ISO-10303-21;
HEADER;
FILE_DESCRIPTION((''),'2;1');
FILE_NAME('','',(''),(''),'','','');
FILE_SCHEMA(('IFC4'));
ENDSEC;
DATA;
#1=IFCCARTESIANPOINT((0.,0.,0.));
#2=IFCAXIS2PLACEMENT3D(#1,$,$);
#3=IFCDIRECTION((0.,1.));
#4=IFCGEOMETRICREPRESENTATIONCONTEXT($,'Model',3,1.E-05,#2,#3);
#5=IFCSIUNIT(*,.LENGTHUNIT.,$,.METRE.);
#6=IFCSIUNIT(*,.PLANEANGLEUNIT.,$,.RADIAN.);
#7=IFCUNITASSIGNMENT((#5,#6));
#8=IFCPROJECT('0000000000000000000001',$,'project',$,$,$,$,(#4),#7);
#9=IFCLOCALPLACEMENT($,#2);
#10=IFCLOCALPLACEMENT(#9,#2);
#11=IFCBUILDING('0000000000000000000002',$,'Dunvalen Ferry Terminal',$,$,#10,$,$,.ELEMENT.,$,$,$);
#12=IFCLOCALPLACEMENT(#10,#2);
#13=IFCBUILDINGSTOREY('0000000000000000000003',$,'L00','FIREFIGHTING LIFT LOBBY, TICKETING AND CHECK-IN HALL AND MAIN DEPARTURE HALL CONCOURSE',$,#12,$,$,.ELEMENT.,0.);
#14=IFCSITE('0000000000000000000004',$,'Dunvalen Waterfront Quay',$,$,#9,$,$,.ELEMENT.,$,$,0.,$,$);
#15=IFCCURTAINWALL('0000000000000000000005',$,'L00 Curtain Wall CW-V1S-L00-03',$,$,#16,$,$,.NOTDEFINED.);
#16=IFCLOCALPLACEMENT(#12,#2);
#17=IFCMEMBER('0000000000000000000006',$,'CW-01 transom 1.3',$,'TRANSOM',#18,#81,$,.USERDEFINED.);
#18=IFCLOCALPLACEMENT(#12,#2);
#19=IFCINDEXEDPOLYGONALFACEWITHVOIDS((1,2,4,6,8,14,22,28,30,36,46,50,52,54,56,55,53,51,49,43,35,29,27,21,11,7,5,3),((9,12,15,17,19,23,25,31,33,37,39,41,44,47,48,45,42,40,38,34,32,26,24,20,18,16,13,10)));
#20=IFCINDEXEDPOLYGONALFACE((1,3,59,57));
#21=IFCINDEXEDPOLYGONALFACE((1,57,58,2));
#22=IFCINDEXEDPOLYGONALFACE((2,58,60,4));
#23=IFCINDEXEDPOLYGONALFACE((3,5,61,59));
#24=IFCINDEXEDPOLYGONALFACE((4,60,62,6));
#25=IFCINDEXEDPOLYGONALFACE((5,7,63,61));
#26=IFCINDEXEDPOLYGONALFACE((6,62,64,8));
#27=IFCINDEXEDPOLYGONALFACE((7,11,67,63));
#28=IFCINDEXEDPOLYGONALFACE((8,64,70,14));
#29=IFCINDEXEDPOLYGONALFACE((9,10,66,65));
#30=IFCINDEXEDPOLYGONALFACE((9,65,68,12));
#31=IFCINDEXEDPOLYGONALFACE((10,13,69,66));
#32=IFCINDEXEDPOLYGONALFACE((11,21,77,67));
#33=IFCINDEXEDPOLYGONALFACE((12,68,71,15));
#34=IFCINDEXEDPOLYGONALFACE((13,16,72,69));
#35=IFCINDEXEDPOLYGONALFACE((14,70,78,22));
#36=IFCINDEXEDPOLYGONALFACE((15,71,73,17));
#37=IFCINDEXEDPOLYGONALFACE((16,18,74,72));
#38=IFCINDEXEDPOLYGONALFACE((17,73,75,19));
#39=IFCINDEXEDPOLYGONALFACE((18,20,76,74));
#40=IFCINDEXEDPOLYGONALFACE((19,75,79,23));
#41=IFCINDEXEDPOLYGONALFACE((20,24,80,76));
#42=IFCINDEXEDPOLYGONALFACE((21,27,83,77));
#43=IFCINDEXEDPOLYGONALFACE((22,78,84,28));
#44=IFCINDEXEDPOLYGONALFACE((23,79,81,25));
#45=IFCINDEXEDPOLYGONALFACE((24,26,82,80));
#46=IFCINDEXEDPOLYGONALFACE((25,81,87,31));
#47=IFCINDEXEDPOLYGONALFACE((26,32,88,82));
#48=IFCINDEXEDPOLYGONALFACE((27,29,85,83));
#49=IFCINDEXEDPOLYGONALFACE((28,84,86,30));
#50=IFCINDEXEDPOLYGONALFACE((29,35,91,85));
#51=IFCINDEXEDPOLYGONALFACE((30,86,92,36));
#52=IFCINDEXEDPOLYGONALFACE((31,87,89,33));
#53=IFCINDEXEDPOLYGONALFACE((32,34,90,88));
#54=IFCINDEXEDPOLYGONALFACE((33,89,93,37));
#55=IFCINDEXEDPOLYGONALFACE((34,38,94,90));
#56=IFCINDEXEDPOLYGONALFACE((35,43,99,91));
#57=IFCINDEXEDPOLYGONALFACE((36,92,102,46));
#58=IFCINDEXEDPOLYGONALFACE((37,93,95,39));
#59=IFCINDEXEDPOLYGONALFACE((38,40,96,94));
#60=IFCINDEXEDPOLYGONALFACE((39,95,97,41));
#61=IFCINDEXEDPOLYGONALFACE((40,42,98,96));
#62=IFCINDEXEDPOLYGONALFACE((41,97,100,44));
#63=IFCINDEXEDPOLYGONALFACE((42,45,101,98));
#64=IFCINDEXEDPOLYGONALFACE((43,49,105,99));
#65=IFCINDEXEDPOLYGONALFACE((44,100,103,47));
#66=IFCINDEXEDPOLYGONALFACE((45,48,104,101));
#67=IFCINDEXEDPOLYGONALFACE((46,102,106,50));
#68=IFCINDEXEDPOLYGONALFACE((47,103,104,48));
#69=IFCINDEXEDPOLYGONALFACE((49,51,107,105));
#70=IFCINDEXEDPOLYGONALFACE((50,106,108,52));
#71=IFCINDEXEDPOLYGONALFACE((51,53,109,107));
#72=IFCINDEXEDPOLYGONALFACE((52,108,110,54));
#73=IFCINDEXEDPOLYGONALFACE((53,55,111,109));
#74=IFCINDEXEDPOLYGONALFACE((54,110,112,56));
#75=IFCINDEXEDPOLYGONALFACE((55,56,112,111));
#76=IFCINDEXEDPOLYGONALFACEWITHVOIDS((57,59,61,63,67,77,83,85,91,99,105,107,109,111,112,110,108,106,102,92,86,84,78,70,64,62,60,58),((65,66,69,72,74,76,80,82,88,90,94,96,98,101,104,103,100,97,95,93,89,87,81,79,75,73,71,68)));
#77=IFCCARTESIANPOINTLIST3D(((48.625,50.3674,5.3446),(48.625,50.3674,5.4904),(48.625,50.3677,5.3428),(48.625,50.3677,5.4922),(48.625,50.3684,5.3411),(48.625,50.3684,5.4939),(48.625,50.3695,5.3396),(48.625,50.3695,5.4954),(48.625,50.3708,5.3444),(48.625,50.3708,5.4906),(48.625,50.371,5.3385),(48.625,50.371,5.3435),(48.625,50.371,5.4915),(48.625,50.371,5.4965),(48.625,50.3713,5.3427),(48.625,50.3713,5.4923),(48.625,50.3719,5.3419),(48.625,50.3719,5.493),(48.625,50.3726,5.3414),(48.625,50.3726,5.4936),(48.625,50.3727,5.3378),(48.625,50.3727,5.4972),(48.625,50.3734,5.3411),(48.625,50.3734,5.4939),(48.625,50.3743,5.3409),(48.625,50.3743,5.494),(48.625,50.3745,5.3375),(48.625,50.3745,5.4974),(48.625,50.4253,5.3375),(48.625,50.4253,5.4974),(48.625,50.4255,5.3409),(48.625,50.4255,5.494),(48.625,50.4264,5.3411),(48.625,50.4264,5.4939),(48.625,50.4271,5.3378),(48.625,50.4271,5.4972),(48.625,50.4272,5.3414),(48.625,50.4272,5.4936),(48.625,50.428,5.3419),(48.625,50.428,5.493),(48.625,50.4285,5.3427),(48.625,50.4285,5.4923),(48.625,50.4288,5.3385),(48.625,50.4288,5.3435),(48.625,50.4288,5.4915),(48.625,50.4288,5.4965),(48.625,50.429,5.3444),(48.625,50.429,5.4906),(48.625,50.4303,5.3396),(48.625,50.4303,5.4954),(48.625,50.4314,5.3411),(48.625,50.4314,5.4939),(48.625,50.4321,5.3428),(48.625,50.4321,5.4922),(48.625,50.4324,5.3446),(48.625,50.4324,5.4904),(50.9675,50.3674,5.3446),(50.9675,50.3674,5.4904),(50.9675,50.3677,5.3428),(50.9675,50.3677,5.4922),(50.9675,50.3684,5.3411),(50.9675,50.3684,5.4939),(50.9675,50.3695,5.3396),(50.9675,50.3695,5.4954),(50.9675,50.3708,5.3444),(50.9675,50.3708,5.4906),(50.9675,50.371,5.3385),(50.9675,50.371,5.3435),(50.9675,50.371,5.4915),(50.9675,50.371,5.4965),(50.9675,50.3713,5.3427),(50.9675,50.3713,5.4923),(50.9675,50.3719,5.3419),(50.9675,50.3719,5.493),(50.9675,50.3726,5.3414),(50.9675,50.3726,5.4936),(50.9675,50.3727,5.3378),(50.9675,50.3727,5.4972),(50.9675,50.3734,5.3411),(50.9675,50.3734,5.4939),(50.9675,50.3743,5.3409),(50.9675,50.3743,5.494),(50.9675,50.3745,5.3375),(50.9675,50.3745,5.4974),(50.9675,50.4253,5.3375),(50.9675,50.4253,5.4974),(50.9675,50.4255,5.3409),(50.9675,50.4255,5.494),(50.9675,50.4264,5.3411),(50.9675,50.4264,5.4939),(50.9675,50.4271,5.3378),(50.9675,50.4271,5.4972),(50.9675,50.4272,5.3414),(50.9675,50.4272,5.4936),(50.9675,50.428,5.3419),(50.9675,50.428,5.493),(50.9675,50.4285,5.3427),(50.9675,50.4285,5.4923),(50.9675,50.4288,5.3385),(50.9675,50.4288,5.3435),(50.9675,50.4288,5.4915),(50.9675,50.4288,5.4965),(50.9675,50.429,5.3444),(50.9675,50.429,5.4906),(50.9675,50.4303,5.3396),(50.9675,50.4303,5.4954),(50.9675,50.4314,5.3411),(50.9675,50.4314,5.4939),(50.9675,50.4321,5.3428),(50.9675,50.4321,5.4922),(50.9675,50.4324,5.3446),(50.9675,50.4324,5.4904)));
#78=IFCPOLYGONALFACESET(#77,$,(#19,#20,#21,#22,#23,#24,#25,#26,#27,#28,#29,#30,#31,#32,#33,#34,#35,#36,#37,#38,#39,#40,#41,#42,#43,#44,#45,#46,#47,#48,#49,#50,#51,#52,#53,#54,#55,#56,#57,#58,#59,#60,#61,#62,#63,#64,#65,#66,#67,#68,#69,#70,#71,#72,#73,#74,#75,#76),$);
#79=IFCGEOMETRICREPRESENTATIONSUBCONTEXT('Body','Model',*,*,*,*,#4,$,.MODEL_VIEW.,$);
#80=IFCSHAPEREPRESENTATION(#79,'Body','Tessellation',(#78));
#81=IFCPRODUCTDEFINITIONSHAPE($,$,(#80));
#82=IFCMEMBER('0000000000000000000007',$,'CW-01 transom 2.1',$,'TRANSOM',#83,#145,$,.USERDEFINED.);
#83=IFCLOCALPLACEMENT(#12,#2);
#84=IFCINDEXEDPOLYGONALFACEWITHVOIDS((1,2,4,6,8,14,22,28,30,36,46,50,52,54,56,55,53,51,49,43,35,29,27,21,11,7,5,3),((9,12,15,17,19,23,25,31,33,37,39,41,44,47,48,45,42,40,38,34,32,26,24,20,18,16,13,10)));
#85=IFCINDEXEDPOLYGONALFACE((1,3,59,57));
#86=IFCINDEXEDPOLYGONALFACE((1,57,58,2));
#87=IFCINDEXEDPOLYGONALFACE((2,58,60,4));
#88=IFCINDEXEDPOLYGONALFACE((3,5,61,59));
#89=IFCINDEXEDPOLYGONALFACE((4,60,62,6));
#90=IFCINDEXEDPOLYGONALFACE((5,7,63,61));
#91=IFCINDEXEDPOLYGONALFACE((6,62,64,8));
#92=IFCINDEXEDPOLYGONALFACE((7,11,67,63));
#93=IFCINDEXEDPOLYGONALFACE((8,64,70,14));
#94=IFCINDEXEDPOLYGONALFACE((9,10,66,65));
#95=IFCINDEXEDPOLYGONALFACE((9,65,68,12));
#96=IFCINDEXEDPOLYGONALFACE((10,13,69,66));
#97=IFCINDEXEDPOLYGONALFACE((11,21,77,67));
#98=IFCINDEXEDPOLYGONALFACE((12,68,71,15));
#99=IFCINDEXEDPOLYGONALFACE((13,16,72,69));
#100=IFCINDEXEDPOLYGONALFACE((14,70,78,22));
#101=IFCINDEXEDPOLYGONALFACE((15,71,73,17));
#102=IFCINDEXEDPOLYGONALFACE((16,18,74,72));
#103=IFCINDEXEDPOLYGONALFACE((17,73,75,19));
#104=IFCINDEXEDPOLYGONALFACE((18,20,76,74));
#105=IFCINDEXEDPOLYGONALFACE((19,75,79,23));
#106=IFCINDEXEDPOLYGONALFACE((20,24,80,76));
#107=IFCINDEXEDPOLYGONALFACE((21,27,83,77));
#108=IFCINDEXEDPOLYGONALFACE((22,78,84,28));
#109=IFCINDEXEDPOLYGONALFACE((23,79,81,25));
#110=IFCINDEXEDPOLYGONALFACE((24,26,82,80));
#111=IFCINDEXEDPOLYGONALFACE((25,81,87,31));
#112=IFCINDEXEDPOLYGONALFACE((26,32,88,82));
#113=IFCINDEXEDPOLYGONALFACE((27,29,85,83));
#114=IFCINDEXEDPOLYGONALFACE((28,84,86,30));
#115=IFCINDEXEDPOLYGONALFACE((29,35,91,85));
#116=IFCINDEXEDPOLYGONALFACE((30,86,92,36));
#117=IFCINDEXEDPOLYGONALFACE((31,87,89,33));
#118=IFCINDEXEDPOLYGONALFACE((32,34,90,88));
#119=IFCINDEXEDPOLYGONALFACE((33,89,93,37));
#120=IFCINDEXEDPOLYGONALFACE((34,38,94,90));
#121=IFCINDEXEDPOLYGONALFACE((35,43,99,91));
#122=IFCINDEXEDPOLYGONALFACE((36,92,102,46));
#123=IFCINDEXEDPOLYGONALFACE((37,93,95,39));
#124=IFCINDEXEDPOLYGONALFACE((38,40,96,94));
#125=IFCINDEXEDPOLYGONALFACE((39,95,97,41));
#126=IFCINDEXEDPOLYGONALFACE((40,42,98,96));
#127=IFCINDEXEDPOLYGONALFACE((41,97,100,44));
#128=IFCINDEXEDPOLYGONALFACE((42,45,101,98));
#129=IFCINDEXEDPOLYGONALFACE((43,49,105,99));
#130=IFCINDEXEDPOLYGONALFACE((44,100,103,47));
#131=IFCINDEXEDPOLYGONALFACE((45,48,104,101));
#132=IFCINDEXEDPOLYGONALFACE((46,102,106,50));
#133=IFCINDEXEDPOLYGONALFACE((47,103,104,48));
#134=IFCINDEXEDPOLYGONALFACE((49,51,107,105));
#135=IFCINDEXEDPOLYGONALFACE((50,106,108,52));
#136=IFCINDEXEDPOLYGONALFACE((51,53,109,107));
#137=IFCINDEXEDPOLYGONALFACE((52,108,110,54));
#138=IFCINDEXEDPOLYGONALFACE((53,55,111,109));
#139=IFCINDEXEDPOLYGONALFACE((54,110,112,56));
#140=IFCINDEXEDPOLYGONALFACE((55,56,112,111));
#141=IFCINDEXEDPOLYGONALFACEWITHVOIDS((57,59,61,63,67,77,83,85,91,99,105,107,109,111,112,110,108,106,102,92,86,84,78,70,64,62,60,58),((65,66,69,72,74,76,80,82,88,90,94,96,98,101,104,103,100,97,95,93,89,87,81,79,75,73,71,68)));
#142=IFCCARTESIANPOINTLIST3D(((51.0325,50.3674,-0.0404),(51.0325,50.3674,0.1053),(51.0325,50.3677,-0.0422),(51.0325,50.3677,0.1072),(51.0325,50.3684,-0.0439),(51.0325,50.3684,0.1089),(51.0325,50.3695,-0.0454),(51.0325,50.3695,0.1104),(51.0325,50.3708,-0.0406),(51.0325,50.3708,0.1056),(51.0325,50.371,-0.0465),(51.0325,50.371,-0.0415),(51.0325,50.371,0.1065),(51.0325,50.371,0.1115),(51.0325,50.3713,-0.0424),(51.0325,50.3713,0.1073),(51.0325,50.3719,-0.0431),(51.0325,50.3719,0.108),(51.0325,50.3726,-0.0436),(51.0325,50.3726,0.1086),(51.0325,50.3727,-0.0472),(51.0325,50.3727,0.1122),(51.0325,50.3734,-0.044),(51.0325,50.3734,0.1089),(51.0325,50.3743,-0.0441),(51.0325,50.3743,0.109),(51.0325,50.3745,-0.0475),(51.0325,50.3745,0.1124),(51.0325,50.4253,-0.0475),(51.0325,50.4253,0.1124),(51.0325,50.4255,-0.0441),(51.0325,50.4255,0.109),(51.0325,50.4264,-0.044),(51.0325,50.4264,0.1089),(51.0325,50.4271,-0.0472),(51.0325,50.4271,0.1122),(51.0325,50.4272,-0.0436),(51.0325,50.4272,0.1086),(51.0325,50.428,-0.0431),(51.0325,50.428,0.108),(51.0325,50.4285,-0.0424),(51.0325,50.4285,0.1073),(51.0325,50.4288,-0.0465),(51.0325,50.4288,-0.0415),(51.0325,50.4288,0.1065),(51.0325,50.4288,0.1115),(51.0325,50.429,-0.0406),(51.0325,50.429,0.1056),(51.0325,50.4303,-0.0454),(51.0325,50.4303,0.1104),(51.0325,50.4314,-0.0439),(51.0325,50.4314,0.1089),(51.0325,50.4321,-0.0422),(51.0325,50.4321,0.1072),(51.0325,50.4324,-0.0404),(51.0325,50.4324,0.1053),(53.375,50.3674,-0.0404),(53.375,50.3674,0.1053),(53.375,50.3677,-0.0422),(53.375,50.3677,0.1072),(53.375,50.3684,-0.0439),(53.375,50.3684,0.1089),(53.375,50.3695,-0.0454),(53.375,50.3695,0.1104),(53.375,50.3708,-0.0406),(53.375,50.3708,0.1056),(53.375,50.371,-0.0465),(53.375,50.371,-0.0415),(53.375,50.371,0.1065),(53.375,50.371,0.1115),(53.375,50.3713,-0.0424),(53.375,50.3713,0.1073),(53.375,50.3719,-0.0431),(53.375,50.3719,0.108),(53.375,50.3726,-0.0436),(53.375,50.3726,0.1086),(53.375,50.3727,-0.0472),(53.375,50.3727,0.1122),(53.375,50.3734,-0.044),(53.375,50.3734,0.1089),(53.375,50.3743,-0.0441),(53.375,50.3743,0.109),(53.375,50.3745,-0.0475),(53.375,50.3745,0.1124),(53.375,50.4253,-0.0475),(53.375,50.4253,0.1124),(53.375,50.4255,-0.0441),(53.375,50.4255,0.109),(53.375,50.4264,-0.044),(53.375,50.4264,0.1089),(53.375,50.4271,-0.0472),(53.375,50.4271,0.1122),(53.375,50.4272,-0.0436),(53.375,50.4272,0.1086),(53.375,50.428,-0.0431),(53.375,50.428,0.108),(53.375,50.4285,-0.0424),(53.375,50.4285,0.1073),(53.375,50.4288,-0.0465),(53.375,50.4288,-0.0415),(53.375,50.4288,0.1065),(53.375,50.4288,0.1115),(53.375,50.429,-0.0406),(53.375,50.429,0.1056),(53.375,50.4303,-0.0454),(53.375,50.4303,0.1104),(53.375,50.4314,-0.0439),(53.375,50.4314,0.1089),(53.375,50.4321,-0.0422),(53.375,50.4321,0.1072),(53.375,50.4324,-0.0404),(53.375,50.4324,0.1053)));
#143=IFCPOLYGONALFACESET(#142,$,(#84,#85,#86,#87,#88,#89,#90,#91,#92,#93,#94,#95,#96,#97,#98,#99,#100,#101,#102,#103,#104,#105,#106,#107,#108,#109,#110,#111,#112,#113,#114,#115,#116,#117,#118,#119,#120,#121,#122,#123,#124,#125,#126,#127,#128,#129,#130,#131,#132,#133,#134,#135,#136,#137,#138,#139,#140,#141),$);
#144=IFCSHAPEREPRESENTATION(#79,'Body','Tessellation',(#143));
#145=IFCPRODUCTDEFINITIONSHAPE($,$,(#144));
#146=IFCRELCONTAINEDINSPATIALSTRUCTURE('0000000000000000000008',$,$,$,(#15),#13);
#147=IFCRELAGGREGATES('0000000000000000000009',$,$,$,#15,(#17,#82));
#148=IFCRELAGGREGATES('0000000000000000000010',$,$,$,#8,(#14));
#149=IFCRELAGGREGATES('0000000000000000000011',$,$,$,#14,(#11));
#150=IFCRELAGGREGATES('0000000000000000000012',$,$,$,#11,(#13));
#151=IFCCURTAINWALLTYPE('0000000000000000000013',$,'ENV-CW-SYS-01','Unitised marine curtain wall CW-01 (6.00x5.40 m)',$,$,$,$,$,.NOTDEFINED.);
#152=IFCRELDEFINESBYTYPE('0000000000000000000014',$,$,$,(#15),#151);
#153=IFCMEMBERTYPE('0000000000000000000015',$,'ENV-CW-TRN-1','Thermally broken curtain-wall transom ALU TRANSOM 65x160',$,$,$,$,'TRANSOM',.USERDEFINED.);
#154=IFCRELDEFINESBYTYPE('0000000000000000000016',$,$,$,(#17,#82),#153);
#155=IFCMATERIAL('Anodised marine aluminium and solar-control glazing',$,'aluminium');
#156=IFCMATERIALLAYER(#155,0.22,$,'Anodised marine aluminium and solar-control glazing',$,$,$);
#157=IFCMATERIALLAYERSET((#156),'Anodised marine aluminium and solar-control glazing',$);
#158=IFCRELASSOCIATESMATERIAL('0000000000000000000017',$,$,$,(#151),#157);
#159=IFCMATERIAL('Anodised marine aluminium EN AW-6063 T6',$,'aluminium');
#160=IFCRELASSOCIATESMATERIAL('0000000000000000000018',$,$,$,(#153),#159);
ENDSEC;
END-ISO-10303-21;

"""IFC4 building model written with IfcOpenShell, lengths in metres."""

from ifc_helpers import new_model, si_unit, direction, frame, origin, origin_2d, place, context, subcontext, project, spatial, hollow_rectangle, extrude, material, layer, layer_set, material_profile, profile_set, type_object, element, aggregate, save


model = new_model("IFC4")

# Units and contexts
model_context = context("Model", 3, precision=1e-05, world=origin(), true_north=direction((0.0, 1.0)))
body_context = subcontext(model_context, "Body", "Model", "MODEL_VIEW")
ifc_project = project(units=[si_unit("LENGTHUNIT", "METRE"), si_unit("PLANEANGLEUNIT", "RADIAN")], contexts=[model_context])

# Site, building, storey
site_placement = place(None, origin())
site = spatial("IfcSite", under=ifc_project, at=site_placement, Name="Dunvalen Waterfront Quay", CompositionType="ELEMENT", RefElevation=0.0)
building_placement = place(site_placement, origin())
building = spatial("IfcBuilding", under=site, at=building_placement, Name="Dunvalen Ferry Terminal", CompositionType="ELEMENT")
storey_placement = place(building_placement, origin())
storey = spatial("IfcBuildingStorey", under=building, at=storey_placement, Name="L00", Description="FIREFIGHTING LIFT LOBBY, TICKETING AND CHECK-IN HALL AND MAIN DEPARTURE HALL CONCOURSE", CompositionType="ELEMENT", Elevation=0.0)

# Shared definitions
ifc_material_1 = material(Name="Anodised marine aluminium and solar-control glazing", Category="aluminium")
ifc_layer_1 = layer(ifc_material_1, 0.22, Name="Anodised marine aluminium and solar-control glazing")
ifc_layer_set_1 = layer_set([ifc_layer_1], Name="Anodised marine aluminium and solar-control glazing")
curtain_wall_type = type_object("IfcCurtainWallType", Name="ENV-CW-SYS-01", Description="Unitised marine curtain wall CW-01 (6.00x5.40 m)", PredefinedType="NOTDEFINED", material=ifc_layer_set_1)
ifc_material_2 = material(Name="Anodised marine aluminium EN AW-6063 T6", Category="aluminium")

# Curtain wall, members
curtain_wall_1_placement = place(storey_placement, origin())
curtain_wall_1 = element("IfcCurtainWall", 1, at=curtain_wall_1_placement, inside=storey, type_object=curtain_wall_type, Name="L00 Curtain Wall CW-V1S-L00-03", PredefinedType="NOTDEFINED")
ifc_material_profile_1 = material_profile(ifc_material_2, hollow_rectangle(XDim=0.0649, YDim=0.1599, WallThickness=0.0034, InnerFilletRadius=0.0034, OuterFilletRadius=0.0071, at=origin_2d()), Name="Anodised marine aluminium EN AW-6063 T6")
ifc_profile_set_1 = profile_set([ifc_material_profile_1], Name="Anodised marine aluminium EN AW-6063 T6")
member_type_1 = type_object("IfcMemberType", Name="ENV-CW-TRN-1", Description="Thermally broken curtain-wall transom ALU TRANSOM 65x160", ElementType="TRANSOM", PredefinedType="USERDEFINED", material=ifc_profile_set_1)
member_1_placement = place(storey_placement, frame((48.625, 50.3999, 5.4175), z_axis=(1.0, 0.0, 0.0), x_axis=(0.0, 1.0, 0.0)))
member_1 = element("IfcMember", 2, at=member_1_placement, type_object=member_type_1, Name="CW-01 transom 1.3", ObjectType="TRANSOM", PredefinedType="USERDEFINED", context=body_context, shape_type="SweptSolid", body=[
    extrude(hollow_rectangle(XDim=0.0649, YDim=0.1599, WallThickness=0.0034, InnerFilletRadius=0.0034, OuterFilletRadius=0.0071, at=origin_2d()), origin(), (0.0, 0.0, 1.0), 2.3425),
])
member_2_placement = place(storey_placement, frame((51.0325, 50.3999, 0.0325), z_axis=(1.0, 0.0, 0.0), x_axis=(0.0, 1.0, 0.0)))
member_2 = element("IfcMember", 3, at=member_2_placement, type_object=member_type_1, Name="CW-01 transom 2.1", ObjectType="TRANSOM", PredefinedType="USERDEFINED", context=body_context, shape_type="SweptSolid", body=[
    extrude(hollow_rectangle(XDim=0.0649, YDim=0.1599, WallThickness=0.0034, InnerFilletRadius=0.0034, OuterFilletRadius=0.0071, at=origin_2d()), origin(), (0.0, 0.0, 1.0), 2.3425),
])
aggregate(curtain_wall_1, [member_1, member_2])

save(model, "model.ifc")
